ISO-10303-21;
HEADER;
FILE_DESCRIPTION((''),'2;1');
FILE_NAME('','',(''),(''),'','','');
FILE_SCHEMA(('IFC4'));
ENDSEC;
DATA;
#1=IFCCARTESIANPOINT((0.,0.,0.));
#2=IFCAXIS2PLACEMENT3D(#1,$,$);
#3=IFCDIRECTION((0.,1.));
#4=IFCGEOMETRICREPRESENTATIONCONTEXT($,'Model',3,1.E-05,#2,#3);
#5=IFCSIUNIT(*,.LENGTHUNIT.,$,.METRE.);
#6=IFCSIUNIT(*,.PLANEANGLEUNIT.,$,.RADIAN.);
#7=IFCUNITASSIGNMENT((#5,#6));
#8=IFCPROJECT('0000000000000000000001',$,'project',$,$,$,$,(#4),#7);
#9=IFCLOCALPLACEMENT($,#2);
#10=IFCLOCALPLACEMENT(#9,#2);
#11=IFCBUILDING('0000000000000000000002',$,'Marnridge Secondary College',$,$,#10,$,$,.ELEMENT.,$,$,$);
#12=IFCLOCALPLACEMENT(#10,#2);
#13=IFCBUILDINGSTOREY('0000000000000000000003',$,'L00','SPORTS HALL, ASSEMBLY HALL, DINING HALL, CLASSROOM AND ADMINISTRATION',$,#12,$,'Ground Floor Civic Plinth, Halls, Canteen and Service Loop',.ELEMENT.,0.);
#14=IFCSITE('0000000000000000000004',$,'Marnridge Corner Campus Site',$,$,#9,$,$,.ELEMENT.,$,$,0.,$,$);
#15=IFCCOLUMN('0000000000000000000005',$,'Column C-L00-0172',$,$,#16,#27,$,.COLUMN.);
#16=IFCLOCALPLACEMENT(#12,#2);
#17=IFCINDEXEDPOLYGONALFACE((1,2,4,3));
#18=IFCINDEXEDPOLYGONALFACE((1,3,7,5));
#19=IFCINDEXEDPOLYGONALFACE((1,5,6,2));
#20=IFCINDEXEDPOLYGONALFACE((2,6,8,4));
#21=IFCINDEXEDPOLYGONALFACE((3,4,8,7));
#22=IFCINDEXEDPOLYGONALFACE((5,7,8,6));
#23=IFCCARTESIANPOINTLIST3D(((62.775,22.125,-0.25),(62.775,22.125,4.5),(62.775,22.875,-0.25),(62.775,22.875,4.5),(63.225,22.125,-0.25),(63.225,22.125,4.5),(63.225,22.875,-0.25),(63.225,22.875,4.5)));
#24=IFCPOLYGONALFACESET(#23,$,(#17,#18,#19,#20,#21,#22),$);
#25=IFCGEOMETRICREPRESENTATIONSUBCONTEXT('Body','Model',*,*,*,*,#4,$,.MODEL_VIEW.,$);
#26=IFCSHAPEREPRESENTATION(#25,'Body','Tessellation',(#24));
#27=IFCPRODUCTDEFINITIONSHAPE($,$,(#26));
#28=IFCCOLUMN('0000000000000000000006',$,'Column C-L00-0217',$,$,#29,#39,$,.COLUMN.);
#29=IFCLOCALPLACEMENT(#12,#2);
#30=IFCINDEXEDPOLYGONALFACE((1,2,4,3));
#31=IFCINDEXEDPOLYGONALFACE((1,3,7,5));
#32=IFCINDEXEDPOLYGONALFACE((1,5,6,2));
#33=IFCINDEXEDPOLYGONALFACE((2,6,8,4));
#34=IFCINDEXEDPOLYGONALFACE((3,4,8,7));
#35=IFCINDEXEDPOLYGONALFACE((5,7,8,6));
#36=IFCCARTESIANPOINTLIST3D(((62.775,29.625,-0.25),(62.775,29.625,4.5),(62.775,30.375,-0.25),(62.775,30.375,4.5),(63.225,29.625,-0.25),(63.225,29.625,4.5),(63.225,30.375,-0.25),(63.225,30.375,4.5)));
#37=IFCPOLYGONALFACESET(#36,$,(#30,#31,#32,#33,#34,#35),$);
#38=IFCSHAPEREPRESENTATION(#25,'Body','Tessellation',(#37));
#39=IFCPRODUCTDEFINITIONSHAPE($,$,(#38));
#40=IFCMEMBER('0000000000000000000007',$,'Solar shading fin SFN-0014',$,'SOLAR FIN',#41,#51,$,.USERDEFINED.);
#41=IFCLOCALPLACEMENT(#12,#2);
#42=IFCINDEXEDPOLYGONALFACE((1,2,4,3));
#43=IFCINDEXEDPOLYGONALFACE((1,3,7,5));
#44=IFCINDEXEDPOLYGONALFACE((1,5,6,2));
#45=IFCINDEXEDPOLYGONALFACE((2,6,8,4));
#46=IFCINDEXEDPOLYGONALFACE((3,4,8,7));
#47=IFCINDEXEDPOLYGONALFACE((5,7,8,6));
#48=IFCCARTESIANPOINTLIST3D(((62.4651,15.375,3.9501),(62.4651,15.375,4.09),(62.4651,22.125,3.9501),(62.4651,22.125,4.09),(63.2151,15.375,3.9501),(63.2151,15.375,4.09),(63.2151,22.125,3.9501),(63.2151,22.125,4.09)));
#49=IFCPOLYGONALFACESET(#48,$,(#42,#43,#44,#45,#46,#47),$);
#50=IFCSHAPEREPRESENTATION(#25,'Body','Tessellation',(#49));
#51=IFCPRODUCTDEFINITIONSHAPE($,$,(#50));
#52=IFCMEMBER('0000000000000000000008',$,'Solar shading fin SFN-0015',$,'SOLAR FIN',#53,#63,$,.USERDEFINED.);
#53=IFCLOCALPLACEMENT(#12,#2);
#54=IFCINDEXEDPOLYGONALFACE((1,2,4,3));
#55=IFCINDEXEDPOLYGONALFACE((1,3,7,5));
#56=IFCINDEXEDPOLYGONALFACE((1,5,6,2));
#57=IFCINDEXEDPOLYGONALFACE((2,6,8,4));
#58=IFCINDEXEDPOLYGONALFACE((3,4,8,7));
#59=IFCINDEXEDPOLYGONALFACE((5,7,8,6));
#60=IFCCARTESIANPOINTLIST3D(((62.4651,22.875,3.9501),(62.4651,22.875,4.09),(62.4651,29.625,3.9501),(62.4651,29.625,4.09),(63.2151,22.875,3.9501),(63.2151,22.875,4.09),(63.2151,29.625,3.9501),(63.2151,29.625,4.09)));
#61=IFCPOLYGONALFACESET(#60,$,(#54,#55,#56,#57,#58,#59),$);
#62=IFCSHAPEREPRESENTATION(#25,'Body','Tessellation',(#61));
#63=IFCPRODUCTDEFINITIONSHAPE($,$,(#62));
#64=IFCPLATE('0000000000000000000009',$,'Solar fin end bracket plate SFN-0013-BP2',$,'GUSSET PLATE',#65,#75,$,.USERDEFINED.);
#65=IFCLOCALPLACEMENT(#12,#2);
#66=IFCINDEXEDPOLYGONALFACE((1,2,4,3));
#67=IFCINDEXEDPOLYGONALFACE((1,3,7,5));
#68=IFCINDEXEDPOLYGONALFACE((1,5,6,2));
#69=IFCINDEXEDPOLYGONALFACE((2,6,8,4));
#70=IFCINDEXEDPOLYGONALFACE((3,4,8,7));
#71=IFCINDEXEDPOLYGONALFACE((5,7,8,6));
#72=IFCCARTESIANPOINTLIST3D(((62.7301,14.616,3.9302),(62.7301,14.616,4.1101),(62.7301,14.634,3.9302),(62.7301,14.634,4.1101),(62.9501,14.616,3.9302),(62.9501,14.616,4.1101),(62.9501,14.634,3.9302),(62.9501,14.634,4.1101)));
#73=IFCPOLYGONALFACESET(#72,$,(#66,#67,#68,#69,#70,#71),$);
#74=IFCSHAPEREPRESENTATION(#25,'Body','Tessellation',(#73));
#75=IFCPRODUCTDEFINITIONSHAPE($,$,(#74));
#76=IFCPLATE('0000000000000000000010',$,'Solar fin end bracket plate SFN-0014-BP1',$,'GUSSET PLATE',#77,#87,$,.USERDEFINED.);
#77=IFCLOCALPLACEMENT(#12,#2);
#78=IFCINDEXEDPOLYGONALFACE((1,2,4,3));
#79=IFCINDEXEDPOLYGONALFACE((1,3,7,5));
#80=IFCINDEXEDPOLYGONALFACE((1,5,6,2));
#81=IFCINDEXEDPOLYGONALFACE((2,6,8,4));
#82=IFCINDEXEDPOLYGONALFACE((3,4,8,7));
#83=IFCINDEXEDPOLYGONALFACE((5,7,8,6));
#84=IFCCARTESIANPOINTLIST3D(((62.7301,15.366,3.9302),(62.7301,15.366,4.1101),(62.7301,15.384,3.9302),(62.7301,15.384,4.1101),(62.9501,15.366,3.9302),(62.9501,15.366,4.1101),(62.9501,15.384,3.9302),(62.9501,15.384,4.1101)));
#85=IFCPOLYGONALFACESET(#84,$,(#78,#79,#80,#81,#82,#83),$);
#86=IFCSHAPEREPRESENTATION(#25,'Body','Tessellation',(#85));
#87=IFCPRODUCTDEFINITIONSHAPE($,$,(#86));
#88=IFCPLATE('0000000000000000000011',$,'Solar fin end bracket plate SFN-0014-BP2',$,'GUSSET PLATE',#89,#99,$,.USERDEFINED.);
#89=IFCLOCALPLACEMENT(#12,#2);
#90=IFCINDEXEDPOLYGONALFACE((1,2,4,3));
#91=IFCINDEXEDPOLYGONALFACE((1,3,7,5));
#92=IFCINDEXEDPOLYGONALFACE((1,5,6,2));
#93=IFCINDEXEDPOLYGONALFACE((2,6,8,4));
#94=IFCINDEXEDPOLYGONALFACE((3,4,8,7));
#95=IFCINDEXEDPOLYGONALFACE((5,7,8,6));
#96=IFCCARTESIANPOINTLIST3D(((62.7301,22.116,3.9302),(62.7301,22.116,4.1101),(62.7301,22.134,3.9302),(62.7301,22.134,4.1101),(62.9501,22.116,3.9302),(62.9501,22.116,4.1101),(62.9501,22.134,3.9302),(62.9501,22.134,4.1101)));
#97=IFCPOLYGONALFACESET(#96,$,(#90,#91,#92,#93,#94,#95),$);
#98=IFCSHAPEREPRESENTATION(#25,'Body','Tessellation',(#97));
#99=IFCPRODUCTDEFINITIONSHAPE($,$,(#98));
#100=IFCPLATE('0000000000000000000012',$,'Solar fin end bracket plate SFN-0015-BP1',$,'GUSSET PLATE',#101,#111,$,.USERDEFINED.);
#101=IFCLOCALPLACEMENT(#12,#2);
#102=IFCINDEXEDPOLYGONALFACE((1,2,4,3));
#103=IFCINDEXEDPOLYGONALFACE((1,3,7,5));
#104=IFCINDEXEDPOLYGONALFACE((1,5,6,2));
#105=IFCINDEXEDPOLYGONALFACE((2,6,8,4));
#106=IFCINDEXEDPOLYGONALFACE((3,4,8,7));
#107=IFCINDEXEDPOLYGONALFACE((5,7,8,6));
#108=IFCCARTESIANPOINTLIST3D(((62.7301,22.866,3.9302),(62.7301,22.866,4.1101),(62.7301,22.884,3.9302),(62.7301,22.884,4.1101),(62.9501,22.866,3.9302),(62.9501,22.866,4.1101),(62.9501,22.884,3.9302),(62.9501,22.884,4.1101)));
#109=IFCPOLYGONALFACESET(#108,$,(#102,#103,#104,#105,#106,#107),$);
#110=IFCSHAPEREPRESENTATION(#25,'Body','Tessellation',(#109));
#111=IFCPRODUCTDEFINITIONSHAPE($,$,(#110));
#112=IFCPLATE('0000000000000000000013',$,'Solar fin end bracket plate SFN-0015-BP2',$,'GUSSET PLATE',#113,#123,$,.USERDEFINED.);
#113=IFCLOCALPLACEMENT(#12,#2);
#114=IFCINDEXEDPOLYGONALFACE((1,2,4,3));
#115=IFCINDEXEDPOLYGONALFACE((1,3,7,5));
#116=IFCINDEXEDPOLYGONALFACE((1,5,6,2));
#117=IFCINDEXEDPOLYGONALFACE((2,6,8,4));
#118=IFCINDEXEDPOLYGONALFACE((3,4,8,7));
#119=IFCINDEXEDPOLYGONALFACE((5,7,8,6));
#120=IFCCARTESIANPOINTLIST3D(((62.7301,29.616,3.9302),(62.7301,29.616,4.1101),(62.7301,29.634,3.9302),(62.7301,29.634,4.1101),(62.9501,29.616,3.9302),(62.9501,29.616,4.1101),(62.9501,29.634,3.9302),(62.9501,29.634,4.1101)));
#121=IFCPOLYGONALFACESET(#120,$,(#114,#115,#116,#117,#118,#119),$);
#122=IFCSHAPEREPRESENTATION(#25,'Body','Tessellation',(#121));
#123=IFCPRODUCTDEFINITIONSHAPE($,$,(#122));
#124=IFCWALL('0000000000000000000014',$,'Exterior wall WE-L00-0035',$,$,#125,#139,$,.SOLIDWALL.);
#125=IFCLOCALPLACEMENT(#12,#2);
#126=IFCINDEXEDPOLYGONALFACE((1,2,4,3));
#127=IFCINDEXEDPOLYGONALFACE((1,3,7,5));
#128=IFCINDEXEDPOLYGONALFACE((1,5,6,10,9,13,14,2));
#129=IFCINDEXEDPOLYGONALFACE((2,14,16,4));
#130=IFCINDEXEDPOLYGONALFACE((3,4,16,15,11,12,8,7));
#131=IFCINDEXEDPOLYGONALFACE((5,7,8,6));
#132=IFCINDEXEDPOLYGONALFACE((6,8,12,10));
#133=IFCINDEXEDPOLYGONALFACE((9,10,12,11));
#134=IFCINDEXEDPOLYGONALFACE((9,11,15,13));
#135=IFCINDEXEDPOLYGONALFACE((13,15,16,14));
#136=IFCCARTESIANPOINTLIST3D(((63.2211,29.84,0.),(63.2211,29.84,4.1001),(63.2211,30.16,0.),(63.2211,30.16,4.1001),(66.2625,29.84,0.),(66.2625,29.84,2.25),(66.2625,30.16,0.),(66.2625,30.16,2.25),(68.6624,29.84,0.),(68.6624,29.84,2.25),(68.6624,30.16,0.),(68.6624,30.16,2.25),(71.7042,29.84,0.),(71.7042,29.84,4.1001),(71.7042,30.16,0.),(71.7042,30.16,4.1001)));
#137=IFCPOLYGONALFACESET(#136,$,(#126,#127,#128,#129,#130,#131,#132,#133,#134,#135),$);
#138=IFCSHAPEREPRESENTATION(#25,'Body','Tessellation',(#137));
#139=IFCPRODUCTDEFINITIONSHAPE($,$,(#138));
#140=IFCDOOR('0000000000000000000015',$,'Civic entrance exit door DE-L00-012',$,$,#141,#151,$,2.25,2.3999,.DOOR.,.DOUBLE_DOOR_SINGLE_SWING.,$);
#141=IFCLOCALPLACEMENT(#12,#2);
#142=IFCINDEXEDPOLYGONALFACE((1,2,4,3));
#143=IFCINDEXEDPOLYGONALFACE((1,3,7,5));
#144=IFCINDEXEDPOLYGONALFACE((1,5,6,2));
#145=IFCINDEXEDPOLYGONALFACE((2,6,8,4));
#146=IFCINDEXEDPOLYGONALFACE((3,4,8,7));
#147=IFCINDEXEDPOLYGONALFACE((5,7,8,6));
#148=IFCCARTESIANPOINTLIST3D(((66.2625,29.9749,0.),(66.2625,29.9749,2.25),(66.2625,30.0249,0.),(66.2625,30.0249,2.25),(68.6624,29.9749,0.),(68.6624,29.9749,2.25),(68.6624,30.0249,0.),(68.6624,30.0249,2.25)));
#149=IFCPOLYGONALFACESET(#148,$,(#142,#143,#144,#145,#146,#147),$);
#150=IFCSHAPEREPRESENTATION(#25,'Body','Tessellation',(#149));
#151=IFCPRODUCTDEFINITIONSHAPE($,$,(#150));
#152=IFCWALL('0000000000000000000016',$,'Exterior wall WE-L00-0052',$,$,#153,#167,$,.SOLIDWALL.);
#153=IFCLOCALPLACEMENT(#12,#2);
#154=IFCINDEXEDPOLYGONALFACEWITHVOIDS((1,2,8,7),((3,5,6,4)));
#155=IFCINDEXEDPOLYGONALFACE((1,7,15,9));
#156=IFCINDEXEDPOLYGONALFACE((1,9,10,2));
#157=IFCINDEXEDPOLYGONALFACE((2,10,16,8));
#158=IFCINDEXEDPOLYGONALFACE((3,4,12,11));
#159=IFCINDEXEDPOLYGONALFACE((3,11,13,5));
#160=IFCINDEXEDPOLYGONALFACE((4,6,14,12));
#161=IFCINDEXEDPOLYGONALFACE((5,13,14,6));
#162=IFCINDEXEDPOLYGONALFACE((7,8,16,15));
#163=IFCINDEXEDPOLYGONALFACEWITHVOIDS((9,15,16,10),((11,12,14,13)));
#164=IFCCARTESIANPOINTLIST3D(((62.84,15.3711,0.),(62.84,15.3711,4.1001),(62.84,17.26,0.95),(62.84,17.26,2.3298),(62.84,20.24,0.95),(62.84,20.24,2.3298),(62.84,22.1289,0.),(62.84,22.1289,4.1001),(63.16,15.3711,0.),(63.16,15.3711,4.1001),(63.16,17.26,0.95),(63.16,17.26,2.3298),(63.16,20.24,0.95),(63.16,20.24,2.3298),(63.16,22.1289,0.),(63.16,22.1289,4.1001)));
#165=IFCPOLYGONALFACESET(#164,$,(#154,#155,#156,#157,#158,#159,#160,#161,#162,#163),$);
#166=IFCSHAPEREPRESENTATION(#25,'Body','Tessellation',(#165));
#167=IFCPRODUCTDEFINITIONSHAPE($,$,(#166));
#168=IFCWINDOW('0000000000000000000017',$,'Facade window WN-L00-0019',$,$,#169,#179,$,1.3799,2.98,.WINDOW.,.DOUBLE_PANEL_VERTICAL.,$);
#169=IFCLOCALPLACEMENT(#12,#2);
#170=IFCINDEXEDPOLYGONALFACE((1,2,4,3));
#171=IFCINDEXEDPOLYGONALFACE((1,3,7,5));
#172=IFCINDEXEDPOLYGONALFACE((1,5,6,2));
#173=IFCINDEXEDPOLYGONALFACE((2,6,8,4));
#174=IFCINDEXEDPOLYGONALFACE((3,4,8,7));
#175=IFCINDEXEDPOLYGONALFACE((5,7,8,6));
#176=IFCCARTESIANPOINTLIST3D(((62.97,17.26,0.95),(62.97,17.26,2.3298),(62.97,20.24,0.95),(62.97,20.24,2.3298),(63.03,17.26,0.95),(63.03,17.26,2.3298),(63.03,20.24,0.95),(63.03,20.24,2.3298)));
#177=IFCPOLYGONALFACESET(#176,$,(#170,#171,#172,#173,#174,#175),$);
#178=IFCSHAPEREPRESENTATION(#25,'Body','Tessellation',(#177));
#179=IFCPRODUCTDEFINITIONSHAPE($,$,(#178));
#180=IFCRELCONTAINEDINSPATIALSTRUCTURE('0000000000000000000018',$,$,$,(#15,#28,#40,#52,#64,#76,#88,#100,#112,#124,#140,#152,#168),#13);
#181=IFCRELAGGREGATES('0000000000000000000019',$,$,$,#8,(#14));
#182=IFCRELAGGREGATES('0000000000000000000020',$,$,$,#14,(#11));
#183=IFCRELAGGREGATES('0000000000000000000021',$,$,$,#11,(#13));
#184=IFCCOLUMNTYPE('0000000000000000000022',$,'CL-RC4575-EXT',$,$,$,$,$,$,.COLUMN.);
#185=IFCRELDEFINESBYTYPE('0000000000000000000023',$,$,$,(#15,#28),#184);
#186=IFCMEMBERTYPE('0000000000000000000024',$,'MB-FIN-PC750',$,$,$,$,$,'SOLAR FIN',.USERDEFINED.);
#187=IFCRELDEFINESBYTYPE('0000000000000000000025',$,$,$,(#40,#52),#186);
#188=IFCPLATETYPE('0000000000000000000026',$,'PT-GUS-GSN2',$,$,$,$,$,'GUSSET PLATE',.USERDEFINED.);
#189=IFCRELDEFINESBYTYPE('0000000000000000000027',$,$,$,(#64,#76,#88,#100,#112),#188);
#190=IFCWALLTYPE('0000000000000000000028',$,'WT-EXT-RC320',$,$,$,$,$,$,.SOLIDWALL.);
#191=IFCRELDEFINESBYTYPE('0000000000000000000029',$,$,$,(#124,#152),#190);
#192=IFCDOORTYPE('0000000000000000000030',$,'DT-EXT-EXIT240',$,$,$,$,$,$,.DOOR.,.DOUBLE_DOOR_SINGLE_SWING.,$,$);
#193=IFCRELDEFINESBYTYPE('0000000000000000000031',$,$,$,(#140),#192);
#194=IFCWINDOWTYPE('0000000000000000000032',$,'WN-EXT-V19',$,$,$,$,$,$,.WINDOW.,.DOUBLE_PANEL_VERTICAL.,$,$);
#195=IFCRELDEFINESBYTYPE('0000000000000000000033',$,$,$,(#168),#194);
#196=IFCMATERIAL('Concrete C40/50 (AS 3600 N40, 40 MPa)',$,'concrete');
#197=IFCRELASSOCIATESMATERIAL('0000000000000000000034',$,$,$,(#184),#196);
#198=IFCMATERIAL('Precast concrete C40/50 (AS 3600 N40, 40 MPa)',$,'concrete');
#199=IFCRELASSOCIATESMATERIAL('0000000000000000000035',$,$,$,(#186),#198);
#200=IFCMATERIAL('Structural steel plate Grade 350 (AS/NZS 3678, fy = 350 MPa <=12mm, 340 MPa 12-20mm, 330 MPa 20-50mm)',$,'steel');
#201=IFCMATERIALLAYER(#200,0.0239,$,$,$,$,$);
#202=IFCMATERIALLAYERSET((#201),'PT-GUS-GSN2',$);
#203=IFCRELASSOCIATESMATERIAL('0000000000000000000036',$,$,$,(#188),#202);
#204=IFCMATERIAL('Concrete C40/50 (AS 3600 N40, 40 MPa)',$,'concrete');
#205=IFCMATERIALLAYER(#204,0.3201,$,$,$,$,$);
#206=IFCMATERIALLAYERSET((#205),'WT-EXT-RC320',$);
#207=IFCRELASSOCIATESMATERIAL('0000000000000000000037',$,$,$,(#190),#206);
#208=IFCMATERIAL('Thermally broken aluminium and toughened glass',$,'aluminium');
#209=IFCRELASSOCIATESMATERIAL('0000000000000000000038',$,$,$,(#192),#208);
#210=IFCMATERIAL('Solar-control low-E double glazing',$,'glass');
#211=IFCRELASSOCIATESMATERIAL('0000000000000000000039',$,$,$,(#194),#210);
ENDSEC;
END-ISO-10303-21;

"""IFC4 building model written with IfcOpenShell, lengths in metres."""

from ifc_helpers import new_model, si_unit, direction, frame, frame_2d, origin, origin_2d, place, context, subcontext, project, spatial, rectangle, extrude, material, layer, layer_set, material_profile, profile_set, type_object, element, fill, save


model = new_model("IFC4")

# Units and contexts
model_context = context("Model", 3, precision=1e-05, world=origin(), true_north=direction((0.0, 1.0)))
body_context = subcontext(model_context, "Body", "Model", "MODEL_VIEW")
ifc_project = project(units=[si_unit("LENGTHUNIT", "METRE"), si_unit("PLANEANGLEUNIT", "RADIAN")], contexts=[model_context])

# Site, building, storey
site_placement = place(None, origin())
site = spatial("IfcSite", under=ifc_project, at=site_placement, Name="Marnridge Corner Campus Site", CompositionType="ELEMENT", RefElevation=0.0)
building_placement = place(site_placement, origin())
building = spatial("IfcBuilding", under=site, at=building_placement, Name="Marnridge Secondary College", CompositionType="ELEMENT")
storey_placement = place(building_placement, origin())
storey = spatial("IfcBuildingStorey", under=building, at=storey_placement, Name="L00", Description="SPORTS HALL, ASSEMBLY HALL, DINING HALL, CLASSROOM AND ADMINISTRATION", LongName="Ground Floor Civic Plinth, Halls, Canteen and Service Loop", CompositionType="ELEMENT", Elevation=0.0)

# Columns
ifc_material_1 = material(Name="Concrete C40/50 (AS 3600 N40, 40 MPa)", Category="concrete")
ifc_material_profile_1 = material_profile(ifc_material_1, rectangle(XDim=0.45, YDim=0.75, at=origin_2d()), Name="RC 450x750")
ifc_profile_set_1 = profile_set([ifc_material_profile_1], Name="Concrete C40/50 (AS 3600 N40, 40 MPa)")
column_type = type_object("IfcColumnType", Name="CL-RC4575-EXT", PredefinedType="COLUMN", material=ifc_profile_set_1)
for number, where, z_axis, x_axis, name in (
    (1, (63.0, 22.5, -0.25), (0.0, 0.0, 1.0), (1.0, 0.0, 0.0), "Column C-L00-0172"),
    (2, (63.0, 30.0, -0.25), (0.0, 0.0, 1.0), (1.0, 0.0, 0.0), "Column C-L00-0217"),
):
    element("IfcColumn", number, at=place(storey_placement, frame(where, z_axis=z_axis, x_axis=x_axis)), inside=storey, type_object=column_type, Name=name, PredefinedType="COLUMN", context=body_context, shape_type="SweptSolid", body=[
        extrude(rectangle(XDim=0.45, YDim=0.75, at=origin_2d()), origin(), (0.0, 0.0, 1.0), 4.75),
    ])

# Members
ifc_material_2 = material(Name="Precast concrete C40/50 (AS 3600 N40, 40 MPa)", Category="concrete")
ifc_material_profile_2 = material_profile(ifc_material_2, rectangle(XDim=0.1399, YDim=0.75, at=origin_2d()), Name="FIN PC 140x750")
ifc_profile_set_2 = profile_set([ifc_material_profile_2], Name="Precast concrete C40/50 (AS 3600 N40, 40 MPa)")
member_type = type_object("IfcMemberType", Name="MB-FIN-PC750", ElementType="SOLAR FIN", PredefinedType="USERDEFINED", material=ifc_profile_set_2)
for number, where, z_axis, x_axis, name in (
    (3, (62.8401, 15.375, 4.02), (0.0, 1.0, 0.0), (0.0, 0.0, 1.0), "Solar shading fin SFN-0014"),
    (4, (62.8401, 22.875, 4.02), (0.0, 1.0, 0.0), (0.0, 0.0, 1.0), "Solar shading fin SFN-0015"),
):
    element("IfcMember", number, at=place(storey_placement, frame(where, z_axis=z_axis, x_axis=x_axis)), inside=storey, type_object=member_type, Name=name, ObjectType="SOLAR FIN", PredefinedType="USERDEFINED", context=body_context, shape_type="SweptSolid", body=[
        extrude(rectangle(XDim=0.1399, YDim=0.75, at=origin_2d()), origin(), (0.0, 0.0, 1.0), 6.75),
    ])

# Plates
ifc_material_3 = material(Name="Structural steel plate Grade 350 (AS/NZS 3678, fy = 350 MPa <=12mm, 340 MPa 12-20mm, 330 MPa 20-50mm)", Category="steel")
ifc_layer_1 = layer(ifc_material_3, 0.0239)
ifc_layer_set_1 = layer_set([ifc_layer_1], Name="PT-GUS-GSN2")
plate_type = type_object("IfcPlateType", Name="PT-GUS-GSN2", ElementType="GUSSET PLATE", PredefinedType="USERDEFINED", material=ifc_layer_set_1)
for number, where, z_axis, x_axis, name in (
    (5, (62.8401, 14.625, 3.9302), (0.0, 0.0, 1.0), (1.0, 0.0, 0.0), "Solar fin end bracket plate SFN-0013-BP2"),
    (6, (62.8401, 15.375, 3.9302), (0.0, 0.0, 1.0), (1.0, 0.0, 0.0), "Solar fin end bracket plate SFN-0014-BP1"),
    (7, (62.8401, 22.125, 3.9302), (0.0, 0.0, 1.0), (1.0, 0.0, 0.0), "Solar fin end bracket plate SFN-0014-BP2"),
    (8, (62.8401, 22.875, 3.9302), (0.0, 0.0, 1.0), (1.0, 0.0, 0.0), "Solar fin end bracket plate SFN-0015-BP1"),
    (9, (62.8401, 29.625, 3.9302), (0.0, 0.0, 1.0), (1.0, 0.0, 0.0), "Solar fin end bracket plate SFN-0015-BP2"),
):
    element("IfcPlate", number, at=place(storey_placement, frame(where, z_axis=z_axis, x_axis=x_axis)), inside=storey, type_object=plate_type, Name=name, ObjectType="GUSSET PLATE", PredefinedType="USERDEFINED", context=body_context, shape_type="SweptSolid", body=[
        extrude(rectangle(XDim=0.22, YDim=0.0181, at=origin_2d()), origin(), (0.0, 0.0, 1.0), 0.1799),
    ])

# Wall, opening, door
ifc_material_4 = material(Name="Concrete C40/50 (AS 3600 N40, 40 MPa)", Category="concrete")
ifc_layer_2 = layer(ifc_material_4, 0.3201)
ifc_layer_set_2 = layer_set([ifc_layer_2], Name="WT-EXT-RC320")
wall_type = type_object("IfcWallType", Name="WT-EXT-RC320", PredefinedType="SOLIDWALL", material=ifc_layer_set_2)
wall_1_placement = place(storey_placement, frame((63.2209, 30.0, 0.0), z_axis=(0.0, 0.0, 1.0), x_axis=(1.0, 0.0, 0.0)))
wall_1 = element("IfcWall", 10, at=wall_1_placement, inside=storey, type_object=wall_type, Name="Exterior wall WE-L00-0035", PredefinedType="SOLIDWALL", context=body_context, shape_type="SweptSolid", body=[
    extrude(rectangle(XDim=8.4832, YDim=0.3201, at=frame_2d((4.2417, 0.0))), origin(), (0.0, 0.0, 1.0), 4.1001),
])
opening_1_placement = place(wall_1_placement, frame((3.0415, 0.0, 0.0)))
opening_1 = element("IfcOpeningElement", 11, at=opening_1_placement, cuts=wall_1, PredefinedType="OPENING", context=body_context, shape_type="SweptSolid", body=[
    extrude(rectangle(XDim=2.3999, YDim=2.25, at=frame_2d((1.2, 1.125))), frame((0.0, 0.1699, 0.0), z_axis=(0.0, -1.0, 0.0), x_axis=(1.0, 0.0, 0.0)), (0.0, 0.0, 1.0), 0.3401),
])
ifc_material_5 = material(Name="Thermally broken aluminium and toughened glass", Category="aluminium")
door_type = type_object("IfcDoorType", Name="DT-EXT-EXIT240", OperationType="DOUBLE_DOOR_SINGLE_SWING", PredefinedType="DOOR", material=ifc_material_5)
door_placement = place(opening_1_placement, origin())
door = element("IfcDoor", 12, at=door_placement, inside=storey, type_object=door_type, Name="Civic entrance exit door DE-L00-012", OperationType="DOUBLE_DOOR_SINGLE_SWING", OverallHeight=2.25, OverallWidth=2.3999, PredefinedType="DOOR", context=body_context, shape_type="SweptSolid", body=[
    extrude(rectangle(XDim=2.3999, YDim=2.25, at=frame_2d((1.2, 1.125))), frame((0.0, 0.0249, 0.0), z_axis=(0.0, -1.0, 0.0), x_axis=(1.0, 0.0, 0.0)), (0.0, 0.0, 1.0), 0.05),
])
fill(opening_1, door)

# Wall, opening, window
wall_2_placement = place(storey_placement, frame((63.0, 15.3711, 0.0), z_axis=(0.0, 0.0, 1.0), x_axis=(0.0, 1.0, 0.0)))
wall_2 = element("IfcWall", 13, at=wall_2_placement, inside=storey, type_object=wall_type, Name="Exterior wall WE-L00-0052", PredefinedType="SOLIDWALL", context=body_context, shape_type="SweptSolid", body=[
    extrude(rectangle(XDim=6.7578, YDim=0.3201, at=frame_2d((3.3789, 0.0))), origin(), (0.0, 0.0, 1.0), 4.1001),
])
opening_2_placement = place(wall_2_placement, frame((1.8889, 0.0, 0.95)))
opening_2 = element("IfcOpeningElement", 14, at=opening_2_placement, cuts=wall_2, PredefinedType="OPENING", context=body_context, shape_type="SweptSolid", body=[
    extrude(rectangle(XDim=2.98, YDim=1.3799, at=frame_2d((1.49, 0.6899))), frame((0.0, 0.1699, 0.0), z_axis=(0.0, -1.0, 0.0), x_axis=(1.0, 0.0, 0.0)), (0.0, 0.0, 1.0), 0.3401),
])
ifc_material_6 = material(Name="Solar-control low-E double glazing", Category="glass")
window_type_1 = type_object("IfcWindowType", Name="WN-EXT-V19", PartitioningType="DOUBLE_PANEL_VERTICAL", PredefinedType="WINDOW", material=ifc_material_6)
window_1_placement = place(opening_2_placement, origin())
window_1 = element("IfcWindow", 15, at=window_1_placement, inside=storey, type_object=window_type_1, Name="Facade window WN-L00-0019", OverallHeight=1.3799, OverallWidth=2.98, PartitioningType="DOUBLE_PANEL_VERTICAL", PredefinedType="WINDOW", context=body_context, shape_type="SweptSolid", body=[
    extrude(rectangle(XDim=2.98, YDim=1.3799, at=frame_2d((1.49, 0.6899))), frame((0.0, 0.03, 0.0), z_axis=(0.0, -1.0, 0.0), x_axis=(1.0, 0.0, 0.0)), (0.0, 0.0, 1.0), 0.0601),
])
fill(opening_2, window_1)

save(model, "model.ifc")
